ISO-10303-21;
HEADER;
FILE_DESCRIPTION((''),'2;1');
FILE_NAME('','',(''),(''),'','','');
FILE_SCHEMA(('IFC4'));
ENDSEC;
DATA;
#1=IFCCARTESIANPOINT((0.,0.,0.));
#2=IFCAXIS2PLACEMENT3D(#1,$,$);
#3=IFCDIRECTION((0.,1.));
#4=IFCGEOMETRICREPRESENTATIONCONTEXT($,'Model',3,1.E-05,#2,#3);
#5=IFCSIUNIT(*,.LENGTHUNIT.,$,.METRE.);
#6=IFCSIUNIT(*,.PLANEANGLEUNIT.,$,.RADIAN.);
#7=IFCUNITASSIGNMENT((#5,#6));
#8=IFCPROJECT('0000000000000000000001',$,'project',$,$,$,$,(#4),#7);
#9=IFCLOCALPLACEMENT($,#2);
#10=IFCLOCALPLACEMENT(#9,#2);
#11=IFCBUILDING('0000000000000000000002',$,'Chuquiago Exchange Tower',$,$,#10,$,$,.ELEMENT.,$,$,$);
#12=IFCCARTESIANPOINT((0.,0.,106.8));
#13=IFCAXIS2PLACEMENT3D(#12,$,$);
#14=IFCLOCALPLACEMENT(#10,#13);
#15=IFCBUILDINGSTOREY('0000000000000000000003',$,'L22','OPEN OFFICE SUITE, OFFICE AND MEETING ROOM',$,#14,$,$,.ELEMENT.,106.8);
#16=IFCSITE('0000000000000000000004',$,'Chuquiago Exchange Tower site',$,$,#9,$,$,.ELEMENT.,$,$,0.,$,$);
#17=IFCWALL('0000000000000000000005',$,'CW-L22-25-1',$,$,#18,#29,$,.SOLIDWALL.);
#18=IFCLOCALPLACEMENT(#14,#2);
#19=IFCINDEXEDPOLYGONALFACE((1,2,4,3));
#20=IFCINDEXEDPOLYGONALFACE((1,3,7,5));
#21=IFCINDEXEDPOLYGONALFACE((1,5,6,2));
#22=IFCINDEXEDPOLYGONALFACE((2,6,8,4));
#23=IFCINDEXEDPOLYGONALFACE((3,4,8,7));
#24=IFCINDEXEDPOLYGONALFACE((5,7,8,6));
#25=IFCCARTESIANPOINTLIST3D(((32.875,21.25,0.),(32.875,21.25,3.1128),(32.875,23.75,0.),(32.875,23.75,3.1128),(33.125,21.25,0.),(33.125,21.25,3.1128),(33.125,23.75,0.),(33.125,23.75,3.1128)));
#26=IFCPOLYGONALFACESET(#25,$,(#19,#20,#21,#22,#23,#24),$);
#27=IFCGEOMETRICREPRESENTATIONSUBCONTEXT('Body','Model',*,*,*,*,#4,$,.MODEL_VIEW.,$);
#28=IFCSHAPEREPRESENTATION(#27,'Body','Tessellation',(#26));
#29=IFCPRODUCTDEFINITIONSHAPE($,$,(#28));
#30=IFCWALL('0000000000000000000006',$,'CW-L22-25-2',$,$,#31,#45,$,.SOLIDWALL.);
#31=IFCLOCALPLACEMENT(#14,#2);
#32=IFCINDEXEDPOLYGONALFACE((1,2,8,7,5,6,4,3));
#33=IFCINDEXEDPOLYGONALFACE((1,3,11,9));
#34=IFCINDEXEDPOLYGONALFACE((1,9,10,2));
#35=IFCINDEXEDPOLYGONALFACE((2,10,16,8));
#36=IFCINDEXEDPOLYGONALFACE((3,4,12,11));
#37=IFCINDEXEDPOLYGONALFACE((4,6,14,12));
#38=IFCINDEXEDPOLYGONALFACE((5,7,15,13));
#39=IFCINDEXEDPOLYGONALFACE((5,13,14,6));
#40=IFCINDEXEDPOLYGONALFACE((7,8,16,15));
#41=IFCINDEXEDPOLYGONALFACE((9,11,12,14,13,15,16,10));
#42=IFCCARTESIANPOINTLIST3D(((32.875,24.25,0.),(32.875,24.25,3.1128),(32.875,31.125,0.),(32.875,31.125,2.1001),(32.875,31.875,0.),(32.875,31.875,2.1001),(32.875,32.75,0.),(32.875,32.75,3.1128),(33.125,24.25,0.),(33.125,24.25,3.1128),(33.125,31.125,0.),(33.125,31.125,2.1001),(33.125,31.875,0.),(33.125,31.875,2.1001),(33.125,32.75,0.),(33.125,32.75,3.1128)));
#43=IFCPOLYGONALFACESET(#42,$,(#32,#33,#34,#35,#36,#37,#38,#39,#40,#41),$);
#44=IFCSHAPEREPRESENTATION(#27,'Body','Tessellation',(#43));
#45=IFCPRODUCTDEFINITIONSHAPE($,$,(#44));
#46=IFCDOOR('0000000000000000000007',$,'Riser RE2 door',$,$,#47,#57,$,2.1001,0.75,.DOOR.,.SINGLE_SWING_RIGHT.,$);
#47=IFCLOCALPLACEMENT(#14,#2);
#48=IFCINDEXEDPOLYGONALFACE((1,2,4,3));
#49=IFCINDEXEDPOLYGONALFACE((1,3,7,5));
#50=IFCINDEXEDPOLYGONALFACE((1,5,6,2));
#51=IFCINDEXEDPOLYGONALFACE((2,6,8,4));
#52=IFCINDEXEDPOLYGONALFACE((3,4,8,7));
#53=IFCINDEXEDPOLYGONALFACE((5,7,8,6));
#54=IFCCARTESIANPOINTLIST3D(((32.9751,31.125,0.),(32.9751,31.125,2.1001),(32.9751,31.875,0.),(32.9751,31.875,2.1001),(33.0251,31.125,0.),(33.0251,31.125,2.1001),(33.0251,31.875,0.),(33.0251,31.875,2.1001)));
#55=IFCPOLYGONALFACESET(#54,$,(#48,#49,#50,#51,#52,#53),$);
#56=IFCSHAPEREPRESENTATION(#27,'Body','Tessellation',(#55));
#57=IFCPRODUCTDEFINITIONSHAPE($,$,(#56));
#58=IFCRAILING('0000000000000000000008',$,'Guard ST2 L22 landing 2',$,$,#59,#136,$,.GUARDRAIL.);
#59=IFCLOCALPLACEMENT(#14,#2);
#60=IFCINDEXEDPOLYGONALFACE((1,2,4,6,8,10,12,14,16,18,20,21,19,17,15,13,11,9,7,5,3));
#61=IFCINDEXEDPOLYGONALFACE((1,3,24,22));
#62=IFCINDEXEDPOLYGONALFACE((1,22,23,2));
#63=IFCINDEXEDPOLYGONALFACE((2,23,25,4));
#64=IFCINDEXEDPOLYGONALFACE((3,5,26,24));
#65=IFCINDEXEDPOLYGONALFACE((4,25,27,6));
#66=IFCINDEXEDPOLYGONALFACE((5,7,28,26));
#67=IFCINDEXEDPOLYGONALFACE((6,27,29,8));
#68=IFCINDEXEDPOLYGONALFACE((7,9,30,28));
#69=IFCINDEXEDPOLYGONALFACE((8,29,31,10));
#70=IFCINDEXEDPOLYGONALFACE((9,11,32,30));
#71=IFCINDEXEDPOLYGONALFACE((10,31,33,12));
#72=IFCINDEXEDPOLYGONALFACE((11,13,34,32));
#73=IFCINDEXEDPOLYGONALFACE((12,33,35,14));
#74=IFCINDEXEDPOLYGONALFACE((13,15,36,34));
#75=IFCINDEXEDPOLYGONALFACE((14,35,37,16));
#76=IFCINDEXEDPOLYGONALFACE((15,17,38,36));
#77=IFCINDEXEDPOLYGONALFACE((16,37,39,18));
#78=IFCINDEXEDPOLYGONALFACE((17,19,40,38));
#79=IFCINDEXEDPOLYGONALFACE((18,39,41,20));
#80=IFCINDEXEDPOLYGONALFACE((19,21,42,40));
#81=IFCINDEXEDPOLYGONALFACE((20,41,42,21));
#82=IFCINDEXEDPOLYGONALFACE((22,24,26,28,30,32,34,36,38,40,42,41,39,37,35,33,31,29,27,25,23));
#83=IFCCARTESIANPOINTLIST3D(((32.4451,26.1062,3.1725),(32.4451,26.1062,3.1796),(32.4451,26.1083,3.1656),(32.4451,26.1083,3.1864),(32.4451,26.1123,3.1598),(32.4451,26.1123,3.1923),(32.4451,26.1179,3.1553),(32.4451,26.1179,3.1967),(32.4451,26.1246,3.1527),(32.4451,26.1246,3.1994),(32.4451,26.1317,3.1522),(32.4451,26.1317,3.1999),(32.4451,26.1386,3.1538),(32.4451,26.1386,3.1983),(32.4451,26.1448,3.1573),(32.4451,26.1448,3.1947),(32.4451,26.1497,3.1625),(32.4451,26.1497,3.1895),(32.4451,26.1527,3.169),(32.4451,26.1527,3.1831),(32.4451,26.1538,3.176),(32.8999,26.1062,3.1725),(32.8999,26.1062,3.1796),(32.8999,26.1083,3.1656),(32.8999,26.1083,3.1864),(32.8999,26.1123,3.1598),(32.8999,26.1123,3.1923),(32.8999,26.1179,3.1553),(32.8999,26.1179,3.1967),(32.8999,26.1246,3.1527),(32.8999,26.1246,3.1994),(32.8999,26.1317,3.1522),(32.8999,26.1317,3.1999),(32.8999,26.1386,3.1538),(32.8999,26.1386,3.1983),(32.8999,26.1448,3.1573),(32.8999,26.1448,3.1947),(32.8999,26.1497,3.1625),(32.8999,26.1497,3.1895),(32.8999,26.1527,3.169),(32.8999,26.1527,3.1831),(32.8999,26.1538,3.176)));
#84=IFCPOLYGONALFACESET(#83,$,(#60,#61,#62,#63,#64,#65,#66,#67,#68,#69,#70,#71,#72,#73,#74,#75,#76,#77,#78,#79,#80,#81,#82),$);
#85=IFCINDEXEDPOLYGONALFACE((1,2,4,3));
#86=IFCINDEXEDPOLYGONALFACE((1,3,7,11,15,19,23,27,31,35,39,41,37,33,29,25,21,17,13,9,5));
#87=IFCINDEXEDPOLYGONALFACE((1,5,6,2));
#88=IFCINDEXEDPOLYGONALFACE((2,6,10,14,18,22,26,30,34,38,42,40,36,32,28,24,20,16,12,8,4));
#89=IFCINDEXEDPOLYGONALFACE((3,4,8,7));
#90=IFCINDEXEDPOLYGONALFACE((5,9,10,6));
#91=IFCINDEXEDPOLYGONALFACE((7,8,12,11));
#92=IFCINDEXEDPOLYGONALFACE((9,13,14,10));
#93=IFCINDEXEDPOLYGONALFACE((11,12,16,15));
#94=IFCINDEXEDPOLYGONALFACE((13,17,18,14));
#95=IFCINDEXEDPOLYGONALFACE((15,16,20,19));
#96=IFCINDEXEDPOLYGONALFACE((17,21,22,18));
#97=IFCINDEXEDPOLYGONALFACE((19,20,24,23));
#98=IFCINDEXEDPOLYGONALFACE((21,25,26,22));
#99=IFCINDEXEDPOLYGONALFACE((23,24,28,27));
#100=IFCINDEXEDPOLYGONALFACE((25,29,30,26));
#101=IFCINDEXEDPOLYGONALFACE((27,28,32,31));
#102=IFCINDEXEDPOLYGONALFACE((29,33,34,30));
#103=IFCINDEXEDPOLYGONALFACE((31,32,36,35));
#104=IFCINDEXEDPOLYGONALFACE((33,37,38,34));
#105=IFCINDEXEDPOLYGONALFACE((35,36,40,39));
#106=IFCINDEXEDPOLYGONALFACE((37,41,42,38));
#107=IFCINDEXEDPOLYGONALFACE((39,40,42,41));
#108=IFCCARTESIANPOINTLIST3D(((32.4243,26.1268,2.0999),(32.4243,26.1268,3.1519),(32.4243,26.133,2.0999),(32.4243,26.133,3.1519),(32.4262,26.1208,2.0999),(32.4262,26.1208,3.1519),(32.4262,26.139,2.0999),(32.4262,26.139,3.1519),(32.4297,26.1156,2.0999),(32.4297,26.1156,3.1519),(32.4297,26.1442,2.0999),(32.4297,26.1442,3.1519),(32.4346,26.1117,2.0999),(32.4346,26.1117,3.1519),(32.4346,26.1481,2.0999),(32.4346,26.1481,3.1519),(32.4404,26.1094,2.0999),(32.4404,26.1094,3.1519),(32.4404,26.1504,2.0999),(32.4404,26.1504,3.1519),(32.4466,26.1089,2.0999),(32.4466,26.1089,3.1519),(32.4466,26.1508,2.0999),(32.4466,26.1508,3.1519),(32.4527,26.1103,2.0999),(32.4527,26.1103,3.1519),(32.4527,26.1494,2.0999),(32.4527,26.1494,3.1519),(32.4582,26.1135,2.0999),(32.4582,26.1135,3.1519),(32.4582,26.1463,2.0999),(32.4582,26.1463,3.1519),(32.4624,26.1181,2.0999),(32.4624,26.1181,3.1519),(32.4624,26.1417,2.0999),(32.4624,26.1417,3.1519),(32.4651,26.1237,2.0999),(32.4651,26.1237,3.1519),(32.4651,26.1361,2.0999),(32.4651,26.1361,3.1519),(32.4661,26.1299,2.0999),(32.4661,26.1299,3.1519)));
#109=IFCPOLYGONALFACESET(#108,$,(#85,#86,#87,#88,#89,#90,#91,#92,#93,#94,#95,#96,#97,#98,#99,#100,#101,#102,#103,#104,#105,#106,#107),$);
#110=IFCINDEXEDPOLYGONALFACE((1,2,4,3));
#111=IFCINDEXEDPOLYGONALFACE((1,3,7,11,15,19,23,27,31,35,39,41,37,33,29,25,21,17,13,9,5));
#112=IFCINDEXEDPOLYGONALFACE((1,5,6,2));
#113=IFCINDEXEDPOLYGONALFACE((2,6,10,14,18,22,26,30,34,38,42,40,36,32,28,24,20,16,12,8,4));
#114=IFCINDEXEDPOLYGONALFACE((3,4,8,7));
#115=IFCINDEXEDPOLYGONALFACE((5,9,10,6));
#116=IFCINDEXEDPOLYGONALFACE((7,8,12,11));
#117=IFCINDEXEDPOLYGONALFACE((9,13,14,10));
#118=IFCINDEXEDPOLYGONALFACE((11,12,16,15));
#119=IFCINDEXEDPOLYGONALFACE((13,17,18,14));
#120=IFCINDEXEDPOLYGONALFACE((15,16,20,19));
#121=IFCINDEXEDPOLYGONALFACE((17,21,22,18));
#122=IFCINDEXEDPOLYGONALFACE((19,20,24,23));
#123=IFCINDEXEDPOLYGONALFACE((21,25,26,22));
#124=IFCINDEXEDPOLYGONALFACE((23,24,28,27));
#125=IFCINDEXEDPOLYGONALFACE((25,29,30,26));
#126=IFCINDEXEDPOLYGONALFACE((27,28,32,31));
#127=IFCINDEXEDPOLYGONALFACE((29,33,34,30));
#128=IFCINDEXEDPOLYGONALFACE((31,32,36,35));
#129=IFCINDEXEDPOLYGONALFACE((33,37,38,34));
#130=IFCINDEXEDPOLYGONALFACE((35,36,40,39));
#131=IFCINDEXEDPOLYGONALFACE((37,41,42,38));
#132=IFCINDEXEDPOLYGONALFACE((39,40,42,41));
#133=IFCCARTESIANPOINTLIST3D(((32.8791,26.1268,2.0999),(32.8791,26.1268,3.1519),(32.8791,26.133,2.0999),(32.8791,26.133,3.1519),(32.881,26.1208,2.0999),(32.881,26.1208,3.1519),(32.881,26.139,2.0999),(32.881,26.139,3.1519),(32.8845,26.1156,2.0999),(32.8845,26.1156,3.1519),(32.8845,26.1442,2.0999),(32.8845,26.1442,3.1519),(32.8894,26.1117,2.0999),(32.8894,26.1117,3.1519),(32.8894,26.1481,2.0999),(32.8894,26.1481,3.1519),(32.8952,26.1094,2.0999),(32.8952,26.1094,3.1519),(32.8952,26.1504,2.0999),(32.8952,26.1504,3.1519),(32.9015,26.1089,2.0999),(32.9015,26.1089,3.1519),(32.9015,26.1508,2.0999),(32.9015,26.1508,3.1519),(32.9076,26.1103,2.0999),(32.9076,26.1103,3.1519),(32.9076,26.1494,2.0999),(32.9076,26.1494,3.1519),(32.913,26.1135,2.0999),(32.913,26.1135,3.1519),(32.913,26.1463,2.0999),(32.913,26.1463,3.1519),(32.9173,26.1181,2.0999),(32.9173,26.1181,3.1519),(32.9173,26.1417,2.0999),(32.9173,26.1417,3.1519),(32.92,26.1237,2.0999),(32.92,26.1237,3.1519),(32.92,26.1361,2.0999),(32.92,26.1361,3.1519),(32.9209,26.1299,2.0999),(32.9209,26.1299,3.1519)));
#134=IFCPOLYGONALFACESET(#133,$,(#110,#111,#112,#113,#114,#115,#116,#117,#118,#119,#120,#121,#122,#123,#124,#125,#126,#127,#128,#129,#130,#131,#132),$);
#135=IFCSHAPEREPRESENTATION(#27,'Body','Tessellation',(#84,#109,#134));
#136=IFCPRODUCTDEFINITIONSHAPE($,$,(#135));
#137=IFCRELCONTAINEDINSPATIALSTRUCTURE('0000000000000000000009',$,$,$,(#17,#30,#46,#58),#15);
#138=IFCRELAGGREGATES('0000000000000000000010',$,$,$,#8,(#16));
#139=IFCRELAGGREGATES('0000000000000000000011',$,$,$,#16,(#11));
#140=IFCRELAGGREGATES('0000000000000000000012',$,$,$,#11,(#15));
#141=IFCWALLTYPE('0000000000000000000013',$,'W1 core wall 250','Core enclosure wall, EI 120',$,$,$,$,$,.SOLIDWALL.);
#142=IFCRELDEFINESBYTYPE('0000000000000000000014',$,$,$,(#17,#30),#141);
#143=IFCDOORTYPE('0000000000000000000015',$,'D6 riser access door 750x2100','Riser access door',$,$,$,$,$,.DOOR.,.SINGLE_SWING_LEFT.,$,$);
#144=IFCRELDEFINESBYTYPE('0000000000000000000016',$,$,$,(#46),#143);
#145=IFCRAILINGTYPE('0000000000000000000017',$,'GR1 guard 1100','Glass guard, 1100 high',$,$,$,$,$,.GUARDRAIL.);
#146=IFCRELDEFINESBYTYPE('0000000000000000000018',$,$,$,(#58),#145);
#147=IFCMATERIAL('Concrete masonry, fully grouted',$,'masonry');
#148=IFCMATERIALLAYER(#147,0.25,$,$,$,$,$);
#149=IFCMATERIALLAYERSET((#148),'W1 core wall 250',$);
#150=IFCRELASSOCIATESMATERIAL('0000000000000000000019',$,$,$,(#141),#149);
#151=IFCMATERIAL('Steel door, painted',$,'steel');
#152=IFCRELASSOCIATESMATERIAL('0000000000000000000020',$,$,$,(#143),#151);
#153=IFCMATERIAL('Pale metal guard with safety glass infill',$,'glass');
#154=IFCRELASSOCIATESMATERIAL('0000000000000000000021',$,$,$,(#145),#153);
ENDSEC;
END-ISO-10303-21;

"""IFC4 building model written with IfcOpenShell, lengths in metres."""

from ifc_helpers import new_model, si_unit, direction, frame, frame_2d, origin, origin_2d, place, context, subcontext, project, spatial, rectangle, circle, extrude, material, layer, layer_set, type_object, element, fill, save


model = new_model("IFC4")

# Units and contexts
model_context = context("Model", 3, precision=1e-05, world=origin(), true_north=direction((0.0, 1.0)))
body_context = subcontext(model_context, "Body", "Model", "MODEL_VIEW")
ifc_project = project(units=[si_unit("LENGTHUNIT", "METRE"), si_unit("PLANEANGLEUNIT", "RADIAN")], contexts=[model_context])

# Site, building, storey
site_placement = place(None, origin())
site = spatial("IfcSite", under=ifc_project, at=site_placement, Name="Chuquiago Exchange Tower site", CompositionType="ELEMENT", RefElevation=0.0)
building_placement = place(site_placement, origin())
building = spatial("IfcBuilding", under=site, at=building_placement, Name="Chuquiago Exchange Tower", CompositionType="ELEMENT")
storey_placement = place(building_placement, frame((0.0, 0.0, 106.8)))
storey = spatial("IfcBuildingStorey", under=building, at=storey_placement, Name="L22", Description="OPEN OFFICE SUITE, OFFICE AND MEETING ROOM", CompositionType="ELEMENT", Elevation=106.8)

# Wall
ifc_material_1 = material(Name="Concrete masonry, fully grouted", Category="masonry")
ifc_layer_1 = layer(ifc_material_1, 0.25)
ifc_layer_set_1 = layer_set([ifc_layer_1], Name="W1 core wall 250")
wall_type_1 = type_object("IfcWallType", Name="W1 core wall 250", Description="Core enclosure wall, EI 120", PredefinedType="SOLIDWALL", material=ifc_layer_set_1)
wall_1_placement = place(storey_placement, frame((33.0, 21.25, 0.0), z_axis=(0.0, 0.0, 1.0), x_axis=(0.0, 1.0, 0.0)))
element("IfcWall", 1, at=wall_1_placement, inside=storey, type_object=wall_type_1, Name="CW-L22-25-1", PredefinedType="SOLIDWALL", context=body_context, shape_type="SweptSolid", body=[
    extrude(rectangle(XDim=2.5, YDim=0.25, at=frame_2d((1.25, 0.0))), origin(), (0.0, 0.0, 1.0), 3.1128),
])

# Wall, opening, door
wall_2_placement = place(storey_placement, frame((33.0, 24.25, 0.0), z_axis=(0.0, 0.0, 1.0), x_axis=(0.0, 1.0, 0.0)))
wall_2 = element("IfcWall", 2, at=wall_2_placement, inside=storey, type_object=wall_type_1, Name="CW-L22-25-2", PredefinedType="SOLIDWALL", context=body_context, shape_type="SweptSolid", body=[
    extrude(rectangle(XDim=8.5, YDim=0.25, at=frame_2d((4.25, 0.0))), origin(), (0.0, 0.0, 1.0), 3.1128),
])
opening_1_placement = place(wall_2_placement, frame((6.875, 0.0, 0.0)))
opening_1 = element("IfcOpeningElement", 3, at=opening_1_placement, cuts=wall_2, PredefinedType="OPENING", context=body_context, shape_type="SweptSolid", body=[
    extrude(rectangle(XDim=0.75, YDim=2.1001, at=frame_2d((0.375, 1.05))), frame((0.0, 0.135, 0.0), z_axis=(0.0, -1.0, 0.0), x_axis=(1.0, 0.0, 0.0)), (0.0, 0.0, 1.0), 0.27),
])
ifc_material_2 = material(Name="Steel door, painted", Category="steel")
door_type_1 = type_object("IfcDoorType", Name="D6 riser access door 750x2100", Description="Riser access door", OperationType="SINGLE_SWING_LEFT", PredefinedType="DOOR", material=ifc_material_2)
door_1_placement = place(opening_1_placement, origin())
door_1 = element("IfcDoor", 4, at=door_1_placement, inside=storey, type_object=door_type_1, Name="Riser RE2 door", OperationType="SINGLE_SWING_RIGHT", OverallHeight=2.1001, OverallWidth=0.75, PredefinedType="DOOR", context=body_context, shape_type="SweptSolid", body=[
    extrude(rectangle(XDim=0.75, YDim=2.1001, at=frame_2d((0.375, 1.05))), frame((0.0, 0.0249, 0.0), z_axis=(0.0, -1.0, 0.0), x_axis=(1.0, 0.0, 0.0)), (0.0, 0.0, 1.0), 0.05),
])
fill(opening_1, door_1)

# Railing
ifc_material_3 = material(Name="Pale metal guard with safety glass infill", Category="glass")
railing_type_1 = type_object("IfcRailingType", Name="GR1 guard 1100", Description="Glass guard, 1100 high", PredefinedType="GUARDRAIL", material=ifc_material_3)
railing_1_placement = place(storey_placement, frame((32.4451, 26.1299, 2.0999)))
element("IfcRailing", 5, at=railing_1_placement, inside=storey, type_object=railing_type_1, Name="Guard ST2 L22 landing 2", PredefinedType="GUARDRAIL", context=body_context, shape_type="SweptSolid", body=[
    extrude(circle(Radius=0.0239, at=origin_2d()), frame((0.0, 0.0, 1.0762), z_axis=(1.0, 0.0, 0.0), x_axis=(0.0, 1.0, 0.0)), (0.0, 0.0, 1.0), 0.4548),
    extrude(circle(Radius=0.021, at=origin_2d()), origin(), (0.0, 0.0, 1.0), 1.052),
    extrude(circle(Radius=0.021, at=origin_2d()), frame((0.4548, 0.0, 0.0)), (0.0, 0.0, 1.0), 1.052),
])

save(model, "model.ifc")
